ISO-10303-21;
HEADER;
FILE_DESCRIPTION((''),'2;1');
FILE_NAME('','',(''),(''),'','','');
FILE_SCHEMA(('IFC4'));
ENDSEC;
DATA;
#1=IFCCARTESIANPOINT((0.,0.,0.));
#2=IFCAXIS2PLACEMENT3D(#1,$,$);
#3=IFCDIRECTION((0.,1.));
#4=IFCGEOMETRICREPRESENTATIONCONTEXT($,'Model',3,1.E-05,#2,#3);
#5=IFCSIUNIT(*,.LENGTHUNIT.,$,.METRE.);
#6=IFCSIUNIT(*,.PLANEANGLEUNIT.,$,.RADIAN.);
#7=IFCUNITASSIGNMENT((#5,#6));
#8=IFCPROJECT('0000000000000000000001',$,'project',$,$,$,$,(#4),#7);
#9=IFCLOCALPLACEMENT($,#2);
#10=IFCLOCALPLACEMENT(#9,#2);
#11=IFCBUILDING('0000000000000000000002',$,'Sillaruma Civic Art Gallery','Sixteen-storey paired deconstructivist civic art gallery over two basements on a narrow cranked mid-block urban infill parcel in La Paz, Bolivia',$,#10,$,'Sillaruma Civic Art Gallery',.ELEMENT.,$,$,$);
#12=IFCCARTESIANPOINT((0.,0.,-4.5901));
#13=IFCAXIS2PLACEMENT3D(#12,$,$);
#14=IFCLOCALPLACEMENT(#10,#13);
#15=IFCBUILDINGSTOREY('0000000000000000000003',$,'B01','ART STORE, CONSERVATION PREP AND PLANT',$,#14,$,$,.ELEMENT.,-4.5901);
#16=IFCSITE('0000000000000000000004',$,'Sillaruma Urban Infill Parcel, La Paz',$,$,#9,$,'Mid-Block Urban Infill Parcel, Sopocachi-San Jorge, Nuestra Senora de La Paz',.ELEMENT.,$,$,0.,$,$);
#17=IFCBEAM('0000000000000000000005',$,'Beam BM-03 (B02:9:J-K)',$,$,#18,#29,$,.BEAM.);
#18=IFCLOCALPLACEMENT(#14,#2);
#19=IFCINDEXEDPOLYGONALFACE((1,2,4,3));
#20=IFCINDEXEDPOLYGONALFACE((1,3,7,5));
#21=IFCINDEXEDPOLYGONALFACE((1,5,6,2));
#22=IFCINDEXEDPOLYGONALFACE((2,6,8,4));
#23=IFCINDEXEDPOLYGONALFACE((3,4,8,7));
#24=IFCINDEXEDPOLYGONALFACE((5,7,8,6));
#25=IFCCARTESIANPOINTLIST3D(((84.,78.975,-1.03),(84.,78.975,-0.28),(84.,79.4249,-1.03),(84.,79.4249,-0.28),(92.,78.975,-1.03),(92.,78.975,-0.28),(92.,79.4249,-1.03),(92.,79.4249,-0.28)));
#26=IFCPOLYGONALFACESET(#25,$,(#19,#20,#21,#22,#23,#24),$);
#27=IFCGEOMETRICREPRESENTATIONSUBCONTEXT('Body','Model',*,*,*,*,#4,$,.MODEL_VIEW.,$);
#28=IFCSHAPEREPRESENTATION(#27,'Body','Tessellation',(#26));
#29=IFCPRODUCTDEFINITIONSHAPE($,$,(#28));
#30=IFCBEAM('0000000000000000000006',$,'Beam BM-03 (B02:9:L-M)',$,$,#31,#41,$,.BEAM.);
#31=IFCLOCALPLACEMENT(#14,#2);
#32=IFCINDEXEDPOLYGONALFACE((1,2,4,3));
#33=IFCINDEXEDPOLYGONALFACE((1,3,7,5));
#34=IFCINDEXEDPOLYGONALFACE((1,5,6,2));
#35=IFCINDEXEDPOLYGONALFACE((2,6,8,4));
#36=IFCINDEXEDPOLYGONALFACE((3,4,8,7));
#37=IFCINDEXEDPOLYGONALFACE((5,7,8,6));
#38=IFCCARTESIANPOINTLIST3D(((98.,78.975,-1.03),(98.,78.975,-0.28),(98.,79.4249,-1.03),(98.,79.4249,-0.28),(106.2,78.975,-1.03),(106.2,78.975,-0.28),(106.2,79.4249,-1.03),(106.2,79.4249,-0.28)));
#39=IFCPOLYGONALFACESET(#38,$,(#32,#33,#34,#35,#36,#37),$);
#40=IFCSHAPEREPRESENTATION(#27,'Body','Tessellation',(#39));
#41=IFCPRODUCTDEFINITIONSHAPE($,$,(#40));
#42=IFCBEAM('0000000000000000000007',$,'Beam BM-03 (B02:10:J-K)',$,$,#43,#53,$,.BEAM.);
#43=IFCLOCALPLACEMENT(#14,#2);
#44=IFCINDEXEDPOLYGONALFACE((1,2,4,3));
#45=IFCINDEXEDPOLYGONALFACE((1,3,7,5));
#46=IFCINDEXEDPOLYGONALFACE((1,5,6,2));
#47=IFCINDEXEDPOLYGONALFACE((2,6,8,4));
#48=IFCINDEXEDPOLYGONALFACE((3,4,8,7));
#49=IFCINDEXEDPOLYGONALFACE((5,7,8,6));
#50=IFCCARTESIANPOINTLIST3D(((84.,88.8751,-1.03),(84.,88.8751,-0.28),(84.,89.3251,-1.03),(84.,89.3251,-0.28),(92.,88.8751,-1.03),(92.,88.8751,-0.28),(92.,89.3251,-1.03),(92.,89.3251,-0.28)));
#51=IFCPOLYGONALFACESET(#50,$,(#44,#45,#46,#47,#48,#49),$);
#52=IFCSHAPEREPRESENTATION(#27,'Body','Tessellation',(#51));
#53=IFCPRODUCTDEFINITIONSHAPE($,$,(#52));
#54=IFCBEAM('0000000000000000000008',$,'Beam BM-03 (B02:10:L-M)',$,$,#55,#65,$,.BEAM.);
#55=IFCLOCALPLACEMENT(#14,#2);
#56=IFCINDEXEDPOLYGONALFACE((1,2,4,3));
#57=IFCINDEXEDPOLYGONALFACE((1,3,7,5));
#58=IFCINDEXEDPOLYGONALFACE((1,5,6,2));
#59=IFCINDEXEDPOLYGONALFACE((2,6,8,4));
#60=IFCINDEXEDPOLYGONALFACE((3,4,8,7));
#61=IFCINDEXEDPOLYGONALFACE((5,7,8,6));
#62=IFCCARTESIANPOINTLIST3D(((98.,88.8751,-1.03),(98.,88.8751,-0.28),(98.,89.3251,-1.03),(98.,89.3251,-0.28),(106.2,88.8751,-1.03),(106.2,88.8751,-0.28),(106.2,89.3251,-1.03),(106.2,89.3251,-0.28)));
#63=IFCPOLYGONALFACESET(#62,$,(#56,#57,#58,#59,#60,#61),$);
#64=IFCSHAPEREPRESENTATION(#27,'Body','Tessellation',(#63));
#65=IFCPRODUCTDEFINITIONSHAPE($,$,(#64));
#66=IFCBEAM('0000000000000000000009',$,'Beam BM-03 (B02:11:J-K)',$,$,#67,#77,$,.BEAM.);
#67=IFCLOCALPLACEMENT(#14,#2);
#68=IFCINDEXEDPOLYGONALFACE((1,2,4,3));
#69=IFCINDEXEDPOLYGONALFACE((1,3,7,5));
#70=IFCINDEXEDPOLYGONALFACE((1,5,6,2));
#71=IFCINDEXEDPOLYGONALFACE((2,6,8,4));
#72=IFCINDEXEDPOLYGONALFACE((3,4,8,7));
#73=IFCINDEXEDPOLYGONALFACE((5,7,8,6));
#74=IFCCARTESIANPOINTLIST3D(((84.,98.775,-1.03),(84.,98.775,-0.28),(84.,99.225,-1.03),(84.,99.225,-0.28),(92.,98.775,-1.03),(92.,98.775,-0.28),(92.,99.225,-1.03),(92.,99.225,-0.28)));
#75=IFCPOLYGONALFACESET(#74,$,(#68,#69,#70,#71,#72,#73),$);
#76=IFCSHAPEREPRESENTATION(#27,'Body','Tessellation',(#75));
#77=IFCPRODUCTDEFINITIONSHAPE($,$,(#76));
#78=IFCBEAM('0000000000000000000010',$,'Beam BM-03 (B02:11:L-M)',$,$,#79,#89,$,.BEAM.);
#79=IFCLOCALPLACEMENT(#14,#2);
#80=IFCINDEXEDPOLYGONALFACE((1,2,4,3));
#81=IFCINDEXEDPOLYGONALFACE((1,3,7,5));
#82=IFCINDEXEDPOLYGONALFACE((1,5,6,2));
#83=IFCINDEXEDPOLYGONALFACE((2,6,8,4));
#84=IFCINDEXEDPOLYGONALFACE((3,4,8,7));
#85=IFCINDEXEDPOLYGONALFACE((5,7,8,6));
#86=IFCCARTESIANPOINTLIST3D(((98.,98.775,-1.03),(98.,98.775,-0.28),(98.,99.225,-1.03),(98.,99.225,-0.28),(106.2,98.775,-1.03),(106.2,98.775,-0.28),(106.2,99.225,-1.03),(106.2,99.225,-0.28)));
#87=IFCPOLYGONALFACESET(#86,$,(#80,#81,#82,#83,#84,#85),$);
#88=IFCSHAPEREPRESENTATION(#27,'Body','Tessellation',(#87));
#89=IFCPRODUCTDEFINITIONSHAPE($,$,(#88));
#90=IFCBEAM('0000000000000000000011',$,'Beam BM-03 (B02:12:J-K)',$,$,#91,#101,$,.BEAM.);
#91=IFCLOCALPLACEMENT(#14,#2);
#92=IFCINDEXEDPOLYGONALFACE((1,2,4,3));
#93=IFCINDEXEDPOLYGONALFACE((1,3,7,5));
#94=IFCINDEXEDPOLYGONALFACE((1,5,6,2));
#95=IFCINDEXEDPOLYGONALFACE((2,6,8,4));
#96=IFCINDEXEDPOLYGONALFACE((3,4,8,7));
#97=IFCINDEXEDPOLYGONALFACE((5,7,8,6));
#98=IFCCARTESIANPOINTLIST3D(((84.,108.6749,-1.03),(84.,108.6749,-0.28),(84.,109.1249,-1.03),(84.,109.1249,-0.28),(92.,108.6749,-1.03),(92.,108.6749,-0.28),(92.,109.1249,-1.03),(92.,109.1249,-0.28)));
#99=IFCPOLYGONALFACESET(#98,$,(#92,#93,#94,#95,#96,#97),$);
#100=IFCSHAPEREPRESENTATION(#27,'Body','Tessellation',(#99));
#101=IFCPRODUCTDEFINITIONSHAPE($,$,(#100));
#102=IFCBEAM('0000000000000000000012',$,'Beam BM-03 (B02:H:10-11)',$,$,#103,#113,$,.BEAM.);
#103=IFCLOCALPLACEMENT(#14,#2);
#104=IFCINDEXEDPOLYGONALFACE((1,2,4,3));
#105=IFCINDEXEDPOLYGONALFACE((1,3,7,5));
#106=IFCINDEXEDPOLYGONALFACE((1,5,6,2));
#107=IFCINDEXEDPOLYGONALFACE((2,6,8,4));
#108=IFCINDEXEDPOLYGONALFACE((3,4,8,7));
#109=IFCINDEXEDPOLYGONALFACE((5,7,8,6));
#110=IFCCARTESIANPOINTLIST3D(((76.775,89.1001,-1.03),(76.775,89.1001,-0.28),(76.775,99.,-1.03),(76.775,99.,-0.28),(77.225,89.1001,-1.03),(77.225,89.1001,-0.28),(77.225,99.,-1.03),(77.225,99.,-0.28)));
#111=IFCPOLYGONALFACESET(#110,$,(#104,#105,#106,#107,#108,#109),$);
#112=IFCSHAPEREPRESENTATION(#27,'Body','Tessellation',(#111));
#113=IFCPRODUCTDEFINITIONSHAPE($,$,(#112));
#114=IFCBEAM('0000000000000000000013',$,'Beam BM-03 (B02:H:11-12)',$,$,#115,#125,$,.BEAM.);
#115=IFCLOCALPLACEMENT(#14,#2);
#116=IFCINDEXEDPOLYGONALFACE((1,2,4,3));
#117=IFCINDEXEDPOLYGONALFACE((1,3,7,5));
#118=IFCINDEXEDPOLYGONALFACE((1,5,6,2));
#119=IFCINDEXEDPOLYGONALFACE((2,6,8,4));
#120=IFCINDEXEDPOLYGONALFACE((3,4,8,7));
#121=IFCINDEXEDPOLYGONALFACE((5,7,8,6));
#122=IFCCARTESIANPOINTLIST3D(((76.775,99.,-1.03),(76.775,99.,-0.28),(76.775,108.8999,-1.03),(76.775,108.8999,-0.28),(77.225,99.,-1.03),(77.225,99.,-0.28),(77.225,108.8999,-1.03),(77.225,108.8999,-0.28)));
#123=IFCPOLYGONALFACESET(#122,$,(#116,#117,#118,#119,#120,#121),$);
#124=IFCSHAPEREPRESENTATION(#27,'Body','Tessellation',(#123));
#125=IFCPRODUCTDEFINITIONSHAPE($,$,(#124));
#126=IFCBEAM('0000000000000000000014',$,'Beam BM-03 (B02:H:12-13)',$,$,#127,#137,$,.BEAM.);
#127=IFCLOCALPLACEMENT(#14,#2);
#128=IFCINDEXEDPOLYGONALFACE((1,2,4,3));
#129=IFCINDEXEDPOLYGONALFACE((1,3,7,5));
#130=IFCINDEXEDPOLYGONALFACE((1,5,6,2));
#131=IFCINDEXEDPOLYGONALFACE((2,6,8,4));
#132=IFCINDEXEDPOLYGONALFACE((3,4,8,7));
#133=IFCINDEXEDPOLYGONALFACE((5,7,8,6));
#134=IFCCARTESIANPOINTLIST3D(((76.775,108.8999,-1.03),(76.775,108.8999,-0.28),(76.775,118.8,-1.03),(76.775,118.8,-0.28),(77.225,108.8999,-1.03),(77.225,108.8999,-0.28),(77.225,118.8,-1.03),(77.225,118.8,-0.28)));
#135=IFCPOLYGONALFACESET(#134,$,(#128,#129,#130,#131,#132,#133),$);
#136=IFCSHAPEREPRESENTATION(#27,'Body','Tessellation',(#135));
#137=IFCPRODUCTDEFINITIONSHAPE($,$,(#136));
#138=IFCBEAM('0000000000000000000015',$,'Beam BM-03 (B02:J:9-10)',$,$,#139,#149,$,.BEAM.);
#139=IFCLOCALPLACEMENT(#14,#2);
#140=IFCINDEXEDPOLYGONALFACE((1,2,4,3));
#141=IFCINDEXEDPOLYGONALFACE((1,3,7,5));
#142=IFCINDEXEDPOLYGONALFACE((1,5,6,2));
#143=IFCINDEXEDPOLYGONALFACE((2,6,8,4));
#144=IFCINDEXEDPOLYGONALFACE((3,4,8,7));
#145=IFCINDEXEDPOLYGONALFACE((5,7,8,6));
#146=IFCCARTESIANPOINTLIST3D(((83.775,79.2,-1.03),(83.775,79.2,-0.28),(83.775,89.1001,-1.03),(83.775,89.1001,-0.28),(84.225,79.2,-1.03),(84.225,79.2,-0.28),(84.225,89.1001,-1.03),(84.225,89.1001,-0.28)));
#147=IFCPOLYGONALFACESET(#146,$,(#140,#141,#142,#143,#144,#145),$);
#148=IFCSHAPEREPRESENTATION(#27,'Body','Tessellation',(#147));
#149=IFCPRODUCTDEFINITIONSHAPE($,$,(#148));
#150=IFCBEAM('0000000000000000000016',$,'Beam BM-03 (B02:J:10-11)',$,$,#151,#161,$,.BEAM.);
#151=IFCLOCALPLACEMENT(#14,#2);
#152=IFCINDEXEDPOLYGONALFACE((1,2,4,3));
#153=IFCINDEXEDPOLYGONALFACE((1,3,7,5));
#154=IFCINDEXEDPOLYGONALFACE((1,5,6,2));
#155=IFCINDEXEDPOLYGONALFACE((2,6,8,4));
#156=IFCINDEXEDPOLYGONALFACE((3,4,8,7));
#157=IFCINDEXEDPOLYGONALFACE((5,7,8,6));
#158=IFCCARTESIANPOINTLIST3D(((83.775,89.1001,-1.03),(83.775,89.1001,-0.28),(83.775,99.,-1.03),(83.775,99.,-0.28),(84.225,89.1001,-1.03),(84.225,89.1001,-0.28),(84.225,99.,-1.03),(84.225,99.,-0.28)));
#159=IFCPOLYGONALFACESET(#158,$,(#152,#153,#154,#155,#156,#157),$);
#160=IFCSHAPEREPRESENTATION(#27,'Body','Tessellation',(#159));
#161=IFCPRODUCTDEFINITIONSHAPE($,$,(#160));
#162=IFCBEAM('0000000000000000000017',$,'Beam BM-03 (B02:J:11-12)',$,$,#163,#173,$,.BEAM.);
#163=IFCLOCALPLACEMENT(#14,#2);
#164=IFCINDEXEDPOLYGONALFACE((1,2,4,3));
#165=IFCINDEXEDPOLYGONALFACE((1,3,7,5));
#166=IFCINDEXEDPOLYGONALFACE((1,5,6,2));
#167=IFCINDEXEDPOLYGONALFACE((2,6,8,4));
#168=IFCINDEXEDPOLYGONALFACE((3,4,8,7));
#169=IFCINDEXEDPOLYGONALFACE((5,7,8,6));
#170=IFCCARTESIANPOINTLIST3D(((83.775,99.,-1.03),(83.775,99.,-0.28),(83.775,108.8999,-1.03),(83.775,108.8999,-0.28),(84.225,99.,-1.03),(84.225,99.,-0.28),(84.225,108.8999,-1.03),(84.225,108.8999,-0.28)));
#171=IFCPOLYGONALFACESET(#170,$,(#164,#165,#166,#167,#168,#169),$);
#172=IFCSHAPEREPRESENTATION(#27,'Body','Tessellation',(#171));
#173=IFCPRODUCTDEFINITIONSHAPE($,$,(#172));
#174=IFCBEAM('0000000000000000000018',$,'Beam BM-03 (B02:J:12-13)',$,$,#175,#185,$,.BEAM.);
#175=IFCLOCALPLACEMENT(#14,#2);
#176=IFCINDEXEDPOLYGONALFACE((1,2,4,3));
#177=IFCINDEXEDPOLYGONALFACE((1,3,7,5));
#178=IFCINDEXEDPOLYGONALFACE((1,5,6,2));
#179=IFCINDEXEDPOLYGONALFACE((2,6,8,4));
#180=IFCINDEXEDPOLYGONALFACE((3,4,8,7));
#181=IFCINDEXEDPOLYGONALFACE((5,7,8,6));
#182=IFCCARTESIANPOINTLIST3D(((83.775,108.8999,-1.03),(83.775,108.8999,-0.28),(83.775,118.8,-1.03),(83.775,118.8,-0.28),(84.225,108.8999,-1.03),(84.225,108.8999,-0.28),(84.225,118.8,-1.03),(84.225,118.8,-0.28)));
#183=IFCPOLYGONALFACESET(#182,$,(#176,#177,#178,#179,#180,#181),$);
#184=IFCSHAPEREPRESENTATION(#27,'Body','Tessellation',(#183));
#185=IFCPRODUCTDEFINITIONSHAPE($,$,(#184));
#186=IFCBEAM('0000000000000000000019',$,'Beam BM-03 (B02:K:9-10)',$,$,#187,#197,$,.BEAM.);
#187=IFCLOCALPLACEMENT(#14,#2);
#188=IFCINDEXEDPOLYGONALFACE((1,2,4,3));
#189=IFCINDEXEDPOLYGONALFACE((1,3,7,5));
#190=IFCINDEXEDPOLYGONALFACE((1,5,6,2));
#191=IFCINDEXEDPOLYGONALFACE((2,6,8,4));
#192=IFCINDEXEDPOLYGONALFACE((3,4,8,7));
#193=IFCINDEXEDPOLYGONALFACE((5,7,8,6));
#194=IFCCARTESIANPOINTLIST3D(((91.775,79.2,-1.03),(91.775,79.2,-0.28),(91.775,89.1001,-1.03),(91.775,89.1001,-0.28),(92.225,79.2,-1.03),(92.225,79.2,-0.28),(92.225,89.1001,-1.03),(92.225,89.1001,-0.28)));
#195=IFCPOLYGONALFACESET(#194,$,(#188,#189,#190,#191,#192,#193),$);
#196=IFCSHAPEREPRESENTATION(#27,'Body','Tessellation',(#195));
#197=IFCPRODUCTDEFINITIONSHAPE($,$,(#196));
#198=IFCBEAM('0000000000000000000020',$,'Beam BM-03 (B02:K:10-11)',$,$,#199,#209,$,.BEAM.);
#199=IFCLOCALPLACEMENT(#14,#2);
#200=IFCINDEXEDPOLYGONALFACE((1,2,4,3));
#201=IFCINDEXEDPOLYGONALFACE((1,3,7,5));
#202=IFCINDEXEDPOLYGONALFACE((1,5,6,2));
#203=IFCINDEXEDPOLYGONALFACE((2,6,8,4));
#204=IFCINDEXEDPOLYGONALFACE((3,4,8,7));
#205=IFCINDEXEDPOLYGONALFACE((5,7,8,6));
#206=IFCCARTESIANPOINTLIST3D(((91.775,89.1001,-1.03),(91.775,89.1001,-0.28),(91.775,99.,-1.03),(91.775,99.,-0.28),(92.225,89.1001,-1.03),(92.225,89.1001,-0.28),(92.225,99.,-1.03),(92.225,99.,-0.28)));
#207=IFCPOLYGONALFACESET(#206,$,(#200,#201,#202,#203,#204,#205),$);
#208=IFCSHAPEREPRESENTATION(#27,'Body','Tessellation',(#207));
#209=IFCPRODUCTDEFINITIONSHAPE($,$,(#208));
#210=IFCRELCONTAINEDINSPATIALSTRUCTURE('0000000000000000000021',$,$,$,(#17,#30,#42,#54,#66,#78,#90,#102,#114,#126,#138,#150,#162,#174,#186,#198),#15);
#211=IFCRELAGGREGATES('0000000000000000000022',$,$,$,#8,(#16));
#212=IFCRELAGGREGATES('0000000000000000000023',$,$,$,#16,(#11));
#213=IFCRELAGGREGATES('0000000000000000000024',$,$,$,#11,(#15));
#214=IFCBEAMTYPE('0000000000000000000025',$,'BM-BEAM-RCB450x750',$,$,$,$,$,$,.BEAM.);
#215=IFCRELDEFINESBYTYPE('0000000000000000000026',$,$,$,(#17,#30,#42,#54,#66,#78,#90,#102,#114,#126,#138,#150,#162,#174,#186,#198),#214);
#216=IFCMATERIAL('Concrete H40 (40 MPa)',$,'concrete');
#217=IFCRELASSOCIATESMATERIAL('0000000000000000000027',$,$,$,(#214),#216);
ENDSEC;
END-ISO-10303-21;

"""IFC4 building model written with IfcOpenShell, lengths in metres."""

from ifc_helpers import new_model, si_unit, direction, frame, origin, origin_2d, place, context, subcontext, project, spatial, rectangle, extrude, material, material_profile, profile_set, type_object, element, save


model = new_model("IFC4")

# Units and contexts
model_context = context("Model", 3, precision=1e-05, world=origin(), true_north=direction((0.0, 1.0)))
body_context = subcontext(model_context, "Body", "Model", "MODEL_VIEW")
ifc_project = project(units=[si_unit("LENGTHUNIT", "METRE"), si_unit("PLANEANGLEUNIT", "RADIAN")], contexts=[model_context])

# Site, building, storey
site_placement = place(None, origin())
site = spatial("IfcSite", under=ifc_project, at=site_placement, Name="Sillaruma Urban Infill Parcel, La Paz", LongName="Mid-Block Urban Infill Parcel, Sopocachi-San Jorge, Nuestra Senora de La Paz", CompositionType="ELEMENT", RefElevation=0.0)
building_placement = place(site_placement, origin())
building = spatial("IfcBuilding", under=site, at=building_placement, Name="Sillaruma Civic Art Gallery", Description="Sixteen-storey paired deconstructivist civic art gallery over two basements on a narrow cranked mid-block urban infill parcel in La Paz, Bolivia", LongName="Sillaruma Civic Art Gallery", CompositionType="ELEMENT")
storey_placement = place(building_placement, frame((0.0, 0.0, -4.5901)))
storey = spatial("IfcBuildingStorey", under=building, at=storey_placement, Name="B01", Description="ART STORE, CONSERVATION PREP AND PLANT", CompositionType="ELEMENT", Elevation=-4.5901)

# Shared definitions
ifc_material_1 = material(Name="Concrete H40 (40 MPa)", Category="concrete")

# Beams
ifc_material_profile_1 = material_profile(ifc_material_1, rectangle(XDim=0.45, YDim=0.75, at=origin_2d()), Name="RCB450x750")
ifc_profile_set_1 = profile_set([ifc_material_profile_1], Name="Concrete H40 (40 MPa)")
beam_type_1 = type_object("IfcBeamType", Name="BM-BEAM-RCB450x750", PredefinedType="BEAM", material=ifc_profile_set_1)
beam_1_placement = place(storey_placement, frame((84.0, 79.2, -0.655), z_axis=(1.0, 0.0, 0.0), x_axis=(0.0, 1.0, 0.0)))
element("IfcBeam", 1, at=beam_1_placement, inside=storey, type_object=beam_type_1, Name="Beam BM-03 (B02:9:J-K)", PredefinedType="BEAM", context=body_context, shape_type="SweptSolid", body=[
    extrude(rectangle(XDim=0.45, YDim=0.75, at=origin_2d()), origin(), (0.0, 0.0, 1.0), 8.0),
])
beam_2_placement = place(storey_placement, frame((98.0, 79.2, -0.655), z_axis=(1.0, 0.0, 0.0), x_axis=(0.0, 1.0, 0.0)))
element("IfcBeam", 2, at=beam_2_placement, inside=storey, type_object=beam_type_1, Name="Beam BM-03 (B02:9:L-M)", PredefinedType="BEAM", context=body_context, shape_type="SweptSolid", body=[
    extrude(rectangle(XDim=0.45, YDim=0.75, at=origin_2d()), origin(), (0.0, 0.0, 1.0), 8.2),
])
beam_3_placement = place(storey_placement, frame((84.0, 89.1001, -0.655), z_axis=(1.0, 0.0, 0.0), x_axis=(0.0, 1.0, 0.0)))
element("IfcBeam", 3, at=beam_3_placement, inside=storey, type_object=beam_type_1, Name="Beam BM-03 (B02:10:J-K)", PredefinedType="BEAM", context=body_context, shape_type="SweptSolid", body=[
    extrude(rectangle(XDim=0.45, YDim=0.75, at=origin_2d()), origin(), (0.0, 0.0, 1.0), 8.0),
])
beam_4_placement = place(storey_placement, frame((98.0, 89.1001, -0.655), z_axis=(1.0, 0.0, 0.0), x_axis=(0.0, 1.0, 0.0)))
element("IfcBeam", 4, at=beam_4_placement, inside=storey, type_object=beam_type_1, Name="Beam BM-03 (B02:10:L-M)", PredefinedType="BEAM", context=body_context, shape_type="SweptSolid", body=[
    extrude(rectangle(XDim=0.45, YDim=0.75, at=origin_2d()), origin(), (0.0, 0.0, 1.0), 8.2),
])
beam_5_placement = place(storey_placement, frame((84.0, 99.0, -0.655), z_axis=(1.0, 0.0, 0.0), x_axis=(0.0, 1.0, 0.0)))
element("IfcBeam", 5, at=beam_5_placement, inside=storey, type_object=beam_type_1, Name="Beam BM-03 (B02:11:J-K)", PredefinedType="BEAM", context=body_context, shape_type="SweptSolid", body=[
    extrude(rectangle(XDim=0.45, YDim=0.75, at=origin_2d()), origin(), (0.0, 0.0, 1.0), 8.0),
])
beam_6_placement = place(storey_placement, frame((98.0, 99.0, -0.655), z_axis=(1.0, 0.0, 0.0), x_axis=(0.0, 1.0, 0.0)))
element("IfcBeam", 6, at=beam_6_placement, inside=storey, type_object=beam_type_1, Name="Beam BM-03 (B02:11:L-M)", PredefinedType="BEAM", context=body_context, shape_type="SweptSolid", body=[
    extrude(rectangle(XDim=0.45, YDim=0.75, at=origin_2d()), origin(), (0.0, 0.0, 1.0), 8.2),
])
beam_7_placement = place(storey_placement, frame((84.0, 108.8999, -0.655), z_axis=(1.0, 0.0, 0.0), x_axis=(0.0, 1.0, 0.0)))
element("IfcBeam", 7, at=beam_7_placement, inside=storey, type_object=beam_type_1, Name="Beam BM-03 (B02:12:J-K)", PredefinedType="BEAM", context=body_context, shape_type="SweptSolid", body=[
    extrude(rectangle(XDim=0.45, YDim=0.75, at=origin_2d()), origin(), (0.0, 0.0, 1.0), 8.0),
])
for number, where, z_axis, x_axis, name in (
    (8, (77.0, 89.1001, -0.655), (0.0, 1.0, 0.0), (-1.0, 0.0, 0.0), "Beam BM-03 (B02:H:10-11)"),
    (9, (77.0, 99.0, -0.655), (0.0, 1.0, 0.0), (-1.0, 0.0, 0.0), "Beam BM-03 (B02:H:11-12)"),
):
    element("IfcBeam", number, at=place(storey_placement, frame(where, z_axis=z_axis, x_axis=x_axis)), inside=storey, type_object=beam_type_1, Name=name, PredefinedType="BEAM", context=body_context, shape_type="SweptSolid", body=[
        extrude(rectangle(XDim=0.45, YDim=0.75, at=origin_2d()), origin(), (0.0, 0.0, 1.0), 9.8999),
    ])
for number, where, z_axis, x_axis, name in (
    (10, (77.0, 108.8999, -0.655), (0.0, 1.0, 0.0), (-1.0, 0.0, 0.0), "Beam BM-03 (B02:H:12-13)"),
    (11, (84.0, 79.2, -0.655), (0.0, 1.0, 0.0), (-1.0, 0.0, 0.0), "Beam BM-03 (B02:J:9-10)"),
):
    element("IfcBeam", number, at=place(storey_placement, frame(where, z_axis=z_axis, x_axis=x_axis)), inside=storey, type_object=beam_type_1, Name=name, PredefinedType="BEAM", context=body_context, shape_type="SweptSolid", body=[
        extrude(rectangle(XDim=0.45, YDim=0.75, at=origin_2d()), origin(), (0.0, 0.0, 1.0), 9.9001),
    ])
for number, where, z_axis, x_axis, name in (
    (12, (84.0, 89.1001, -0.655), (0.0, 1.0, 0.0), (-1.0, 0.0, 0.0), "Beam BM-03 (B02:J:10-11)"),
    (13, (84.0, 99.0, -0.655), (0.0, 1.0, 0.0), (-1.0, 0.0, 0.0), "Beam BM-03 (B02:J:11-12)"),
):
    element("IfcBeam", number, at=place(storey_placement, frame(where, z_axis=z_axis, x_axis=x_axis)), inside=storey, type_object=beam_type_1, Name=name, PredefinedType="BEAM", context=body_context, shape_type="SweptSolid", body=[
        extrude(rectangle(XDim=0.45, YDim=0.75, at=origin_2d()), origin(), (0.0, 0.0, 1.0), 9.8999),
    ])
for number, where, z_axis, x_axis, name in (
    (14, (84.0, 108.8999, -0.655), (0.0, 1.0, 0.0), (-1.0, 0.0, 0.0), "Beam BM-03 (B02:J:12-13)"),
    (15, (92.0, 79.2, -0.655), (0.0, 1.0, 0.0), (-1.0, 0.0, 0.0), "Beam BM-03 (B02:K:9-10)"),
):
    element("IfcBeam", number, at=place(storey_placement, frame(where, z_axis=z_axis, x_axis=x_axis)), inside=storey, type_object=beam_type_1, Name=name, PredefinedType="BEAM", context=body_context, shape_type="SweptSolid", body=[
        extrude(rectangle(XDim=0.45, YDim=0.75, at=origin_2d()), origin(), (0.0, 0.0, 1.0), 9.9001),
    ])
for number, where, z_axis, x_axis, name in (
    (16, (92.0, 89.1001, -0.655), (0.0, 1.0, 0.0), (-1.0, 0.0, 0.0), "Beam BM-03 (B02:K:10-11)"),
):
    element("IfcBeam", number, at=place(storey_placement, frame(where, z_axis=z_axis, x_axis=x_axis)), inside=storey, type_object=beam_type_1, Name=name, PredefinedType="BEAM", context=body_context, shape_type="SweptSolid", body=[
        extrude(rectangle(XDim=0.45, YDim=0.75, at=origin_2d()), origin(), (0.0, 0.0, 1.0), 9.8999),
    ])

save(model, "model.ifc")
